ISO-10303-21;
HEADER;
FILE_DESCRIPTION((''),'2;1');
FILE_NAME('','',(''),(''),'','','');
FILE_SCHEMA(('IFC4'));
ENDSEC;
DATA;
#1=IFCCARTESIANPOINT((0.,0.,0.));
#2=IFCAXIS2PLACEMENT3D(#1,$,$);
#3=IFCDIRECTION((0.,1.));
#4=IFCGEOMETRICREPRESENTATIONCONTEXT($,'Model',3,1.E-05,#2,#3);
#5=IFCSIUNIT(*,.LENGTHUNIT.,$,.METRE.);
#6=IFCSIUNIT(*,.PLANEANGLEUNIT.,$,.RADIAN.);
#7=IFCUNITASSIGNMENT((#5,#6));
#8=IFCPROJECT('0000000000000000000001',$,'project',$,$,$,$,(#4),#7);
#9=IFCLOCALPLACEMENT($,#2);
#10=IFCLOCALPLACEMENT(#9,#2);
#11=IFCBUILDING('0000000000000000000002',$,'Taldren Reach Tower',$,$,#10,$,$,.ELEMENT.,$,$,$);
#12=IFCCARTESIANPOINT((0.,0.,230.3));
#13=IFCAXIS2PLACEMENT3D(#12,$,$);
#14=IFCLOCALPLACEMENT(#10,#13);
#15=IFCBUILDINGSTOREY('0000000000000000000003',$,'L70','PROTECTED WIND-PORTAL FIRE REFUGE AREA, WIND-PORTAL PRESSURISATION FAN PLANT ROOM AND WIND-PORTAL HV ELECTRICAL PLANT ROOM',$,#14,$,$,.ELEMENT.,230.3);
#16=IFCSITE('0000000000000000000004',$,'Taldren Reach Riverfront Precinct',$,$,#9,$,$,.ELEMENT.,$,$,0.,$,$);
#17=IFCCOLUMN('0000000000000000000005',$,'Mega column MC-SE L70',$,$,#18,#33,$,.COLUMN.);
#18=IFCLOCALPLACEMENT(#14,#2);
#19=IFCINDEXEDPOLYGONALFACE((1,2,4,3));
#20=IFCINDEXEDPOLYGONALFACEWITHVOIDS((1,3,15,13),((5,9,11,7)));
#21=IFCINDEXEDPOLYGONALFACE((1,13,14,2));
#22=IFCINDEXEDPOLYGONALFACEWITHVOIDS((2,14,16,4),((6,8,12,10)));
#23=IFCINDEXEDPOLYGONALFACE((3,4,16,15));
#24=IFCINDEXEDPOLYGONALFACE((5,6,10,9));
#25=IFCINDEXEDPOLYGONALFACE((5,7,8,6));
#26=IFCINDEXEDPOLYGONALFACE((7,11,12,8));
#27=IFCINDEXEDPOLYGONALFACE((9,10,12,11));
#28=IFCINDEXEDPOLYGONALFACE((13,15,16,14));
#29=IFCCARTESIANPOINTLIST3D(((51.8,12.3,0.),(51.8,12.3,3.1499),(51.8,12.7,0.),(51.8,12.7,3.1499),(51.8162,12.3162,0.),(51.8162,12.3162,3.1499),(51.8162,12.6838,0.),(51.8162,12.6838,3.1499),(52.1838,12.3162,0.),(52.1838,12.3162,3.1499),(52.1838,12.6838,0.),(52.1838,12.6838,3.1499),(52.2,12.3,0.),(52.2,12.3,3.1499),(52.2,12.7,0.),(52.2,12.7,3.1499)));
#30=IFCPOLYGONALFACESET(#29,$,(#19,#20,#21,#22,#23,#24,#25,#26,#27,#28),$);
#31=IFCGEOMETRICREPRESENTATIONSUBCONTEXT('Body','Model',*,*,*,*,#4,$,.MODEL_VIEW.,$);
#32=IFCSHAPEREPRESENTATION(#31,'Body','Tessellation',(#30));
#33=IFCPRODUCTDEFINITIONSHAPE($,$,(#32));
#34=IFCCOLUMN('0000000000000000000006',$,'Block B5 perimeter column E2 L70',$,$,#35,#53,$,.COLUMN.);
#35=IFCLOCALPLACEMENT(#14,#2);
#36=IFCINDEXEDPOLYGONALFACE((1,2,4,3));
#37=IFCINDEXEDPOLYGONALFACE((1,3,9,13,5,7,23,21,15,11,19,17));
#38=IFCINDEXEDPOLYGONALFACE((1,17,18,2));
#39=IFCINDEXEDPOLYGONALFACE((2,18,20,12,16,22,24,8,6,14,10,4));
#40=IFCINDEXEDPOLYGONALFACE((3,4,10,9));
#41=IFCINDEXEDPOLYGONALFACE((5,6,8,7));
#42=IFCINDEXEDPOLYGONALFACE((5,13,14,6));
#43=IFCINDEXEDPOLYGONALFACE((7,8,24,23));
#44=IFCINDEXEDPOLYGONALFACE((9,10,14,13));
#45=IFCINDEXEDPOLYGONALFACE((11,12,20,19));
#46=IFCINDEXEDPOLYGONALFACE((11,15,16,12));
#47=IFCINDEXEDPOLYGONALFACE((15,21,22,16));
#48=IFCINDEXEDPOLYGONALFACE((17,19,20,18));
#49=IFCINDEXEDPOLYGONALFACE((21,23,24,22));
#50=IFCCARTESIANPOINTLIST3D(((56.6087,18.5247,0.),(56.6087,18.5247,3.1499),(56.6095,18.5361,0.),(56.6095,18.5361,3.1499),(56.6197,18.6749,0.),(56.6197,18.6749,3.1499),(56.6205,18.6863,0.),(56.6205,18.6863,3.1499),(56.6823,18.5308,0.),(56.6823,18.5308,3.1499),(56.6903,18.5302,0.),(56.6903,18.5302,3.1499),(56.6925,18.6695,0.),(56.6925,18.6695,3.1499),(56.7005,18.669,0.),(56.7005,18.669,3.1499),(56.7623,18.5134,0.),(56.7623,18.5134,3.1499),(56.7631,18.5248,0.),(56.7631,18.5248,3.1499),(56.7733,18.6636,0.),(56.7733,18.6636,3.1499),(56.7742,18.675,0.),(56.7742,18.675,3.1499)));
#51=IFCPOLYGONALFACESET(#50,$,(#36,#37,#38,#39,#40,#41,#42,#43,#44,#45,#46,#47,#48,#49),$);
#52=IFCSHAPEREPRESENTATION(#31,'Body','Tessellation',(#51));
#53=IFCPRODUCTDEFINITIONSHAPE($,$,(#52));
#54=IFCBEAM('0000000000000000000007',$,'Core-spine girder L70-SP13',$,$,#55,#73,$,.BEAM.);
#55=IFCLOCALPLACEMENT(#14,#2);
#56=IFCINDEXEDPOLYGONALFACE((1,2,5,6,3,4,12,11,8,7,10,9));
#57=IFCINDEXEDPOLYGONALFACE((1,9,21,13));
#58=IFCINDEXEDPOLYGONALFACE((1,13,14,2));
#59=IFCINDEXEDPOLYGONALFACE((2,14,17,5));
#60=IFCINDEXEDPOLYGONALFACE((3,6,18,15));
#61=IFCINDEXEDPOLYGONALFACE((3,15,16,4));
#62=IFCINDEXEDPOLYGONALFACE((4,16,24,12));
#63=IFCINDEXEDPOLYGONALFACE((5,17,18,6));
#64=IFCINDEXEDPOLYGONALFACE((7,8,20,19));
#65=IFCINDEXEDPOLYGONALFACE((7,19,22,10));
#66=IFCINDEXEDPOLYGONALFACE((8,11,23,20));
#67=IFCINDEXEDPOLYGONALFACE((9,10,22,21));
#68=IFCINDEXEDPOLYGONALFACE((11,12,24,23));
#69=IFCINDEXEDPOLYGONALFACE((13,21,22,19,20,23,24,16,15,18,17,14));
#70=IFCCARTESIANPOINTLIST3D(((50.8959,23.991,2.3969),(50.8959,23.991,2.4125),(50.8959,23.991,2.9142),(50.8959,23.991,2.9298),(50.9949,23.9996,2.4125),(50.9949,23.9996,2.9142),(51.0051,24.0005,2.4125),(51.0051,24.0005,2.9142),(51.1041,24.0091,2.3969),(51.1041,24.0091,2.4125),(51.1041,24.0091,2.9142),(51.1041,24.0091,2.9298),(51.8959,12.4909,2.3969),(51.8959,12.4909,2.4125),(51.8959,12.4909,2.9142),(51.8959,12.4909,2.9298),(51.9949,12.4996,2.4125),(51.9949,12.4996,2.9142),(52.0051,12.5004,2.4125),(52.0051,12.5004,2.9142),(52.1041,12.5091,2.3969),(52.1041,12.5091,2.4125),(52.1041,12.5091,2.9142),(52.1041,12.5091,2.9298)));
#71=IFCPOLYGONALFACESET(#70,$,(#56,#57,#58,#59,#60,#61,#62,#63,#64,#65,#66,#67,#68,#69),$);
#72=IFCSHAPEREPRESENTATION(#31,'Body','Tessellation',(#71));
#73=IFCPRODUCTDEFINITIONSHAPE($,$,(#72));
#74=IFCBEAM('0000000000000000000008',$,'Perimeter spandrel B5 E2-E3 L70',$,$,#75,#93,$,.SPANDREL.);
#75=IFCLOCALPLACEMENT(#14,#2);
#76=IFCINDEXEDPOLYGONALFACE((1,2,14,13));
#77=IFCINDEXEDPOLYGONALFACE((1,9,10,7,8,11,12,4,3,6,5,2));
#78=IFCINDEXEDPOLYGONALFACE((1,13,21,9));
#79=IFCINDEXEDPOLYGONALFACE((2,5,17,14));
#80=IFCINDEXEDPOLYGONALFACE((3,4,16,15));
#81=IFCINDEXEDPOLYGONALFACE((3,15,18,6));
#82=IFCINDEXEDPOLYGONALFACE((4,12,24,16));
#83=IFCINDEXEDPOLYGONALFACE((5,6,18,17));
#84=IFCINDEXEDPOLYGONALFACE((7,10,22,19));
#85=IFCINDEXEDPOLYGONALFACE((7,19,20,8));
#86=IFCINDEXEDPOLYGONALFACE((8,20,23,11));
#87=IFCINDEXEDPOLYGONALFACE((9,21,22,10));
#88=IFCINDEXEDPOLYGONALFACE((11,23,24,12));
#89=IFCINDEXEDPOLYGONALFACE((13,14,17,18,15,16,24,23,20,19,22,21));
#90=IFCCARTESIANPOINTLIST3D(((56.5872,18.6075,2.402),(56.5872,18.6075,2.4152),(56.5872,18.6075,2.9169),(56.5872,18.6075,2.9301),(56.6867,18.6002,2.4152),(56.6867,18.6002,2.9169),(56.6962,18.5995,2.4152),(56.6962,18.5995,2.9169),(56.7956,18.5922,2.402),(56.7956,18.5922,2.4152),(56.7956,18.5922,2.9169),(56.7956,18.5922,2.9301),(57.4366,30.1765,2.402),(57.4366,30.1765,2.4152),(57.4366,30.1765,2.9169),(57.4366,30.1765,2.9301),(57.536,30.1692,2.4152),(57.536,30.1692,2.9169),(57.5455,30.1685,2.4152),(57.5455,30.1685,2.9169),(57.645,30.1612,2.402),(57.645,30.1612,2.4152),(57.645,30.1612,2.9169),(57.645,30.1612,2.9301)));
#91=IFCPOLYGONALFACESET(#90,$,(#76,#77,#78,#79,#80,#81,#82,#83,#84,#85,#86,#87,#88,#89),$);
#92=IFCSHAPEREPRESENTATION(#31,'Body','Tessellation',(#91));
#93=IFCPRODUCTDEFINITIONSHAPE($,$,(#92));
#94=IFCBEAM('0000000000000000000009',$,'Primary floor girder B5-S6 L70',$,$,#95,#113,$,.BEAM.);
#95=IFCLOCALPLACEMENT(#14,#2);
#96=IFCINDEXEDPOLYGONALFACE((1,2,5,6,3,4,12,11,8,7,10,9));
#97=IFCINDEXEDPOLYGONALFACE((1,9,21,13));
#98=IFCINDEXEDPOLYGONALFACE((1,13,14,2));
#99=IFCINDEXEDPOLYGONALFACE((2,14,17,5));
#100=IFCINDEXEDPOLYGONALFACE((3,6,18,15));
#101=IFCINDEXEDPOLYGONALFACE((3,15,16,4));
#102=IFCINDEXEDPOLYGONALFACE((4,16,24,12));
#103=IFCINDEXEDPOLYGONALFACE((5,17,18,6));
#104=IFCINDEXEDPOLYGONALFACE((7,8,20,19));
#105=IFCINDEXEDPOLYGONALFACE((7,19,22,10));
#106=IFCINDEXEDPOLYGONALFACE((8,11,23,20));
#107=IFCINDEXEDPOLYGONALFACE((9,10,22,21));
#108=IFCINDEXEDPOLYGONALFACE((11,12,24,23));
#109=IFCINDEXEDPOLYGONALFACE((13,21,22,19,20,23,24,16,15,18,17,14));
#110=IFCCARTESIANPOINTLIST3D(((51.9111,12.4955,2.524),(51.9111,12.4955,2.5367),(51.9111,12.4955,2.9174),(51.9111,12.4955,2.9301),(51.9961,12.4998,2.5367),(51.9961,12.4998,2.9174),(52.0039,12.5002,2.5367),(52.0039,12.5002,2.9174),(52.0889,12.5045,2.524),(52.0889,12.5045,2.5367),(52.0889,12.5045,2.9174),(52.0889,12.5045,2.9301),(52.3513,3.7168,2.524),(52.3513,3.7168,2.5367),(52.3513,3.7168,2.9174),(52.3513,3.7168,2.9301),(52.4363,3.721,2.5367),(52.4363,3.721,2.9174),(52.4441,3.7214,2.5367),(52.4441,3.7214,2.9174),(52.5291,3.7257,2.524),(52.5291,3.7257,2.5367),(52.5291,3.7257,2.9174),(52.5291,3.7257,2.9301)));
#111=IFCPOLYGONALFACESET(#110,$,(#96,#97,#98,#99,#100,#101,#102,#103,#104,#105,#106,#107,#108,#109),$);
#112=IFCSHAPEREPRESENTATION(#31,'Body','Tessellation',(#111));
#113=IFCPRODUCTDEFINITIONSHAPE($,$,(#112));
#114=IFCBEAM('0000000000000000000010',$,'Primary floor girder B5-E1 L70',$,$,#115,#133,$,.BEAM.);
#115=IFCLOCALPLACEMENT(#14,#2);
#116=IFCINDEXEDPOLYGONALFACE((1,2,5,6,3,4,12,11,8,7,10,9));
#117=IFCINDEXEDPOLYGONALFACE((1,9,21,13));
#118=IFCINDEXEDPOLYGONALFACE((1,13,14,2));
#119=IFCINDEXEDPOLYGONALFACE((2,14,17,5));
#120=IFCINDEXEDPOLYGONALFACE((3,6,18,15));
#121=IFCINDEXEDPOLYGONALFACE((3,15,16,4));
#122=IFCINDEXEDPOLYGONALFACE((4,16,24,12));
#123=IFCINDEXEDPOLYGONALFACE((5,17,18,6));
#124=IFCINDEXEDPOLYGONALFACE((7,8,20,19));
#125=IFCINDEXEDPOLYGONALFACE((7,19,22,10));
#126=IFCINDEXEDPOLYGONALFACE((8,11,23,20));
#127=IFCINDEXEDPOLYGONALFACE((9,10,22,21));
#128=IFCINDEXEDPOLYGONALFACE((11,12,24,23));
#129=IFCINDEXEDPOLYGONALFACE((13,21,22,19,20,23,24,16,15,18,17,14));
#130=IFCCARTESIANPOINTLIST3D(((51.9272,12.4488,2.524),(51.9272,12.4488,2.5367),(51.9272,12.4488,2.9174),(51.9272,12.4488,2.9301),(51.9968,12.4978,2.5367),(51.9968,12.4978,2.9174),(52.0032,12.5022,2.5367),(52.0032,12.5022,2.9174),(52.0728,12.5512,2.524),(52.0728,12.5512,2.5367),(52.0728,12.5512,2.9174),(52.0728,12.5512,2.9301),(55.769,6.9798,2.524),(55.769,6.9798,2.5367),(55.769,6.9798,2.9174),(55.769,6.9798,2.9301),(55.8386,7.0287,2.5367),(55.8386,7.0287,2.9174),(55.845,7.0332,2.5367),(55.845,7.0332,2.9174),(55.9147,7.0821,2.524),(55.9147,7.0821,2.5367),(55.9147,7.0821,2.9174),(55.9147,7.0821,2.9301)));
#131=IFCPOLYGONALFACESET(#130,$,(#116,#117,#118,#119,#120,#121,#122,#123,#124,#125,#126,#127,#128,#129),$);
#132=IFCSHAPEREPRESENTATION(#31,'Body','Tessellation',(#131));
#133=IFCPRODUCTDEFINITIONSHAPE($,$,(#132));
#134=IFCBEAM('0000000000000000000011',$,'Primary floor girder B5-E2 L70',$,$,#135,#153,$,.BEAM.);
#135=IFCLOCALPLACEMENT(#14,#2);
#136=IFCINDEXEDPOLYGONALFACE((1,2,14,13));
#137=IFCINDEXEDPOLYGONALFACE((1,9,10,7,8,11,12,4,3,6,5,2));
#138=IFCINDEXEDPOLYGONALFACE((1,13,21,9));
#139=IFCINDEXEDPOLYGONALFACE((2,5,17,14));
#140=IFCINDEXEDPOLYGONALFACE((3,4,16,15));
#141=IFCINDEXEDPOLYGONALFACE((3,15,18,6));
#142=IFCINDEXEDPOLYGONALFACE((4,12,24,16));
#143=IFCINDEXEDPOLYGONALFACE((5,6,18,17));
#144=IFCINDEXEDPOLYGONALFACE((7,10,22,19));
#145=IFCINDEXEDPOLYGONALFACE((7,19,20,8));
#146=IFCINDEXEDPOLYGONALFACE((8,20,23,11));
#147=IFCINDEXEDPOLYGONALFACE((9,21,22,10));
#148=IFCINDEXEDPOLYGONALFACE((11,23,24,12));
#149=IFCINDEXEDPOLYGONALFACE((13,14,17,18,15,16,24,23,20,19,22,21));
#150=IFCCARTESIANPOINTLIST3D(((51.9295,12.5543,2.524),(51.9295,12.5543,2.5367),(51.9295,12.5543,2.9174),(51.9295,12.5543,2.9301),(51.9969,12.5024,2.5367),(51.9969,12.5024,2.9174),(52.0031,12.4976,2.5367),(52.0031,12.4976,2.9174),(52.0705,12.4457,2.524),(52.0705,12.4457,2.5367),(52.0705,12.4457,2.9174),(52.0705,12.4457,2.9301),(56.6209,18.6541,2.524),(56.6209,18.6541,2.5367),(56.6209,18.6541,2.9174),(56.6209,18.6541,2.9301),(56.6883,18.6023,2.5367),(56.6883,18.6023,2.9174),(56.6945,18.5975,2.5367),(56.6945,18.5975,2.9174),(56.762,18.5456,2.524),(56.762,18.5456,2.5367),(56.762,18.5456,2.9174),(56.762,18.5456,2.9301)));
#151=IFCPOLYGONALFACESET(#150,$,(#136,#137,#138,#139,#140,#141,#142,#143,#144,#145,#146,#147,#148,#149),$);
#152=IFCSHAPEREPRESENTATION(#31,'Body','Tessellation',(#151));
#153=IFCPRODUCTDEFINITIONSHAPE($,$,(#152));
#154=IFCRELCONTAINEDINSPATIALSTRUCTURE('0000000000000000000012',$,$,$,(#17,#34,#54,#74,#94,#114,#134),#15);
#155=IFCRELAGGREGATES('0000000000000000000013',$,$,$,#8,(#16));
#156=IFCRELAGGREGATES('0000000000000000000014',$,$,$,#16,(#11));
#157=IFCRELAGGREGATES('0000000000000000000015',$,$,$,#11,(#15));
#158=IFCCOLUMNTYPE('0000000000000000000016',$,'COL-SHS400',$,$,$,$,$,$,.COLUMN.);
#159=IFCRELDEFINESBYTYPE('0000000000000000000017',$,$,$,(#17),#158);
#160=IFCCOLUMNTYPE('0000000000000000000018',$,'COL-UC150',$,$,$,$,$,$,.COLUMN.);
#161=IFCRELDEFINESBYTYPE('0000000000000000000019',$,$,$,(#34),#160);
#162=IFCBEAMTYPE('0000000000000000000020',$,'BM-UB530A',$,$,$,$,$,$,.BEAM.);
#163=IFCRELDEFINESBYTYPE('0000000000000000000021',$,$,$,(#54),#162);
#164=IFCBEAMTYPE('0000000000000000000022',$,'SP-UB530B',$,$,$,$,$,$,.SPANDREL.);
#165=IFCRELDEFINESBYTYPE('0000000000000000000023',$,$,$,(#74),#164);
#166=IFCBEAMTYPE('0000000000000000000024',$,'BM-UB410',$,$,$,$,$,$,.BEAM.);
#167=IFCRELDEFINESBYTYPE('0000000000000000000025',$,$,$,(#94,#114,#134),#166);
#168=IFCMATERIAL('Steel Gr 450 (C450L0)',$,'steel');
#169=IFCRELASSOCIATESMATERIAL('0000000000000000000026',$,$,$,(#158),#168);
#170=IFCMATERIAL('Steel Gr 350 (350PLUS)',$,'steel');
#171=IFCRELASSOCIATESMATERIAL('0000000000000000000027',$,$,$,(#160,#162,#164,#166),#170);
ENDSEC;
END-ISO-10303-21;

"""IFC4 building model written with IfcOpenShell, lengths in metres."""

from ifc_helpers import new_model, si_unit, direction, frame, origin, origin_2d, place, context, subcontext, project, spatial, hollow_rectangle, i_section, extrude, source, transform, mapped, material, material_profile, profile_set, type_object, element, save


model = new_model("IFC4")

# Units and contexts
model_context = context("Model", 3, precision=1e-05, world=origin(), true_north=direction((0.0, 1.0)))
body_context = subcontext(model_context, "Body", "Model", "MODEL_VIEW")
ifc_project = project(units=[si_unit("LENGTHUNIT", "METRE"), si_unit("PLANEANGLEUNIT", "RADIAN")], contexts=[model_context])

# Site, building, storey
site_placement = place(None, origin())
site = spatial("IfcSite", under=ifc_project, at=site_placement, Name="Taldren Reach Riverfront Precinct", CompositionType="ELEMENT", RefElevation=0.0)
building_placement = place(site_placement, origin())
building = spatial("IfcBuilding", under=site, at=building_placement, Name="Taldren Reach Tower", CompositionType="ELEMENT")
storey_placement = place(building_placement, frame((0.0, 0.0, 230.3)))
storey = spatial("IfcBuildingStorey", under=building, at=storey_placement, Name="L70", Description="PROTECTED WIND-PORTAL FIRE REFUGE AREA, WIND-PORTAL PRESSURISATION FAN PLANT ROOM AND WIND-PORTAL HV ELECTRICAL PLANT ROOM", CompositionType="ELEMENT", Elevation=230.3)

# Columns
ifc_material_1 = material(Name="Steel Gr 450 (C450L0)", Category="steel")
ifc_material_profile_1 = material_profile(ifc_material_1, hollow_rectangle(XDim=0.3999, YDim=0.3999, WallThickness=0.0161, at=origin_2d()), Name="400x400x16.0SHS")
ifc_profile_set_1 = profile_set([ifc_material_profile_1], Name="Steel Gr 450 (C450L0)")
column_type_1 = type_object("IfcColumnType", Name="COL-SHS400", PredefinedType="COLUMN", material=ifc_profile_set_1)
shared_shape_1 = source(origin(), body_context, "Body", "SweptSolid", [
    extrude(hollow_rectangle(XDim=0.3999, YDim=0.3999, WallThickness=0.0161, at=origin_2d()), origin(), (0.0, 0.0, 1.0), 3.1499),
])
column_1_placement = place(storey_placement, frame((52.0, 12.5, 0.0), z_axis=(0.0, 0.0, 1.0), x_axis=(1.0, 0.0, 0.0)))
element("IfcColumn", 1, at=column_1_placement, inside=storey, type_object=column_type_1, Name="Mega column MC-SE L70", PredefinedType="COLUMN", context=body_context, shape_type="MappedRepresentation", body=[
    mapped(shared_shape_1, transform((0.0, 0.0, 0.0), scale=1.0)),
])
ifc_material_2 = material(Name="Steel Gr 350 (350PLUS)", Category="steel")
ifc_material_profile_2 = material_profile(ifc_material_2, i_section(OverallWidth=0.1541, OverallDepth=0.1621, WebThickness=0.0081, FlangeThickness=0.0115, at=origin_2d()), Name="150UC37.2")
ifc_profile_set_2 = profile_set([ifc_material_profile_2], Name="Steel Gr 350 (350PLUS)")
column_type_2 = type_object("IfcColumnType", Name="COL-UC150", PredefinedType="COLUMN", material=ifc_profile_set_2)
shared_shape_2 = source(origin(), body_context, "Body", "SweptSolid", [
    extrude(i_section(OverallWidth=0.1541, OverallDepth=0.1621, WebThickness=0.0081, FlangeThickness=0.0115, at=origin_2d()), origin(), (0.0, 0.0, 1.0), 3.1499),
])
column_2_placement = place(storey_placement, frame((56.6914, 18.5999, 0.0), z_axis=(0.0, 0.0, 1.0), x_axis=(0.997314, -0.073238, 0.0)))
element("IfcColumn", 2, at=column_2_placement, inside=storey, type_object=column_type_2, Name="Block B5 perimeter column E2 L70", PredefinedType="COLUMN", context=body_context, shape_type="MappedRepresentation", body=[
    mapped(shared_shape_2, transform((0.0, 0.0, 0.0), scale=1.0)),
])

# Beams
ifc_material_profile_3 = material_profile(ifc_material_2, i_section(OverallWidth=0.209, OverallDepth=0.533, WebThickness=0.0103, FlangeThickness=0.0156, at=origin_2d()), Name="530UB92.4")
ifc_profile_set_3 = profile_set([ifc_material_profile_3], Name="Steel Gr 350 (350PLUS)")
beam_type_1 = type_object("IfcBeamType", Name="BM-UB530A", PredefinedType="BEAM", material=ifc_profile_set_3)
shared_shape_3 = source(origin(), body_context, "Body", "SweptSolid", [
    extrude(i_section(OverallWidth=0.209, OverallDepth=0.533, WebThickness=0.0103, FlangeThickness=0.0156, at=origin_2d()), origin(), (0.0, 0.0, 1.0), 11.5435),
])
beam_1_placement = place(storey_placement, frame((52.0, 12.5, 2.6633), z_axis=(-0.08663, 0.996241, 0.0), x_axis=(-0.996241, -0.08663, 0.0)))
element("IfcBeam", 3, at=beam_1_placement, inside=storey, type_object=beam_type_1, Name="Core-spine girder L70-SP13", PredefinedType="BEAM", context=body_context, shape_type="MappedRepresentation", body=[
    mapped(shared_shape_3, transform((0.0, 0.0, 0.0), scale=1.0)),
])
ifc_material_profile_4 = material_profile(ifc_material_2, i_section(OverallWidth=0.209, OverallDepth=0.5281, WebThickness=0.0095, FlangeThickness=0.0132, at=origin_2d()), Name="530UB82.0")
ifc_profile_set_4 = profile_set([ifc_material_profile_4], Name="Steel Gr 350 (350PLUS)")
beam_type_2 = type_object("IfcBeamType", Name="SP-UB530B", PredefinedType="SPANDREL", material=ifc_profile_set_4)
shared_shape_4 = source(origin(), body_context, "Body", "SweptSolid", [
    extrude(i_section(OverallWidth=0.209, OverallDepth=0.5281, WebThickness=0.0095, FlangeThickness=0.0132, at=origin_2d()), origin(), (0.0, 0.0, 1.0), 11.6001),
])
beam_2_placement = place(storey_placement, frame((56.6914, 18.5999, 2.666), z_axis=(0.073221, 0.997316, 0.0), x_axis=(-0.997316, 0.073221, 0.0)))
element("IfcBeam", 4, at=beam_2_placement, inside=storey, type_object=beam_type_2, Name="Perimeter spandrel B5 E2-E3 L70", PredefinedType="SPANDREL", context=body_context, shape_type="MappedRepresentation", body=[
    mapped(shared_shape_4, transform((0.0, 0.0, 0.0), scale=1.0)),
])
ifc_material_profile_5 = material_profile(ifc_material_2, i_section(OverallWidth=0.178, OverallDepth=0.406, WebThickness=0.0078, FlangeThickness=0.0127, at=origin_2d()), Name="410UB59.7")
ifc_profile_set_5 = profile_set([ifc_material_profile_5], Name="Steel Gr 350 (350PLUS)")
beam_type_3 = type_object("IfcBeamType", Name="BM-UB410", PredefinedType="BEAM", material=ifc_profile_set_5)
shared_shape_5 = source(origin(), body_context, "Body", "SweptSolid", [
    extrude(i_section(OverallWidth=0.178, OverallDepth=0.406, WebThickness=0.0078, FlangeThickness=0.0127, at=origin_2d()), origin(), (0.0, 0.0, 1.0), 8.7898),
])
beam_3_placement = place(storey_placement, frame((52.0, 12.5, 2.7271), z_axis=(0.050079, -0.998745, 0.0), x_axis=(0.998745, 0.050079, 0.0)))
element("IfcBeam", 5, at=beam_3_placement, inside=storey, type_object=beam_type_3, Name="Primary floor girder B5-S6 L70", PredefinedType="BEAM", context=body_context, shape_type="MappedRepresentation", body=[
    mapped(shared_shape_5, transform((0.0, 0.0, 0.0), scale=1.0)),
])
shared_shape_6 = source(origin(), body_context, "Body", "SweptSolid", [
    extrude(i_section(OverallWidth=0.178, OverallDepth=0.406, WebThickness=0.0078, FlangeThickness=0.0127, at=origin_2d()), origin(), (0.0, 0.0, 1.0), 6.6836),
])
beam_4_placement = place(storey_placement, frame((52.0, 12.5, 2.7271), z_axis=(0.574817, -0.818282, 0.0), x_axis=(0.818282, 0.574817, 0.0)))
element("IfcBeam", 6, at=beam_4_placement, inside=storey, type_object=beam_type_3, Name="Primary floor girder B5-E1 L70", PredefinedType="BEAM", context=body_context, shape_type="MappedRepresentation", body=[
    mapped(shared_shape_6, transform((0.0, 0.0, 0.0), scale=1.0)),
])
shared_shape_7 = source(origin(), body_context, "Body", "SweptSolid", [
    extrude(i_section(OverallWidth=0.178, OverallDepth=0.406, WebThickness=0.0078, FlangeThickness=0.0127, at=origin_2d()), origin(), (0.0, 0.0, 1.0), 7.6953),
])
beam_5_placement = place(storey_placement, frame((52.0, 12.5, 2.7271), z_axis=(0.609646, 0.792674, 0.0), x_axis=(-0.792674, 0.609646, 0.0)))
element("IfcBeam", 7, at=beam_5_placement, inside=storey, type_object=beam_type_3, Name="Primary floor girder B5-E2 L70", PredefinedType="BEAM", context=body_context, shape_type="MappedRepresentation", body=[
    mapped(shared_shape_7, transform((0.0, 0.0, 0.0), scale=1.0)),
])

save(model, "model.ifc")
